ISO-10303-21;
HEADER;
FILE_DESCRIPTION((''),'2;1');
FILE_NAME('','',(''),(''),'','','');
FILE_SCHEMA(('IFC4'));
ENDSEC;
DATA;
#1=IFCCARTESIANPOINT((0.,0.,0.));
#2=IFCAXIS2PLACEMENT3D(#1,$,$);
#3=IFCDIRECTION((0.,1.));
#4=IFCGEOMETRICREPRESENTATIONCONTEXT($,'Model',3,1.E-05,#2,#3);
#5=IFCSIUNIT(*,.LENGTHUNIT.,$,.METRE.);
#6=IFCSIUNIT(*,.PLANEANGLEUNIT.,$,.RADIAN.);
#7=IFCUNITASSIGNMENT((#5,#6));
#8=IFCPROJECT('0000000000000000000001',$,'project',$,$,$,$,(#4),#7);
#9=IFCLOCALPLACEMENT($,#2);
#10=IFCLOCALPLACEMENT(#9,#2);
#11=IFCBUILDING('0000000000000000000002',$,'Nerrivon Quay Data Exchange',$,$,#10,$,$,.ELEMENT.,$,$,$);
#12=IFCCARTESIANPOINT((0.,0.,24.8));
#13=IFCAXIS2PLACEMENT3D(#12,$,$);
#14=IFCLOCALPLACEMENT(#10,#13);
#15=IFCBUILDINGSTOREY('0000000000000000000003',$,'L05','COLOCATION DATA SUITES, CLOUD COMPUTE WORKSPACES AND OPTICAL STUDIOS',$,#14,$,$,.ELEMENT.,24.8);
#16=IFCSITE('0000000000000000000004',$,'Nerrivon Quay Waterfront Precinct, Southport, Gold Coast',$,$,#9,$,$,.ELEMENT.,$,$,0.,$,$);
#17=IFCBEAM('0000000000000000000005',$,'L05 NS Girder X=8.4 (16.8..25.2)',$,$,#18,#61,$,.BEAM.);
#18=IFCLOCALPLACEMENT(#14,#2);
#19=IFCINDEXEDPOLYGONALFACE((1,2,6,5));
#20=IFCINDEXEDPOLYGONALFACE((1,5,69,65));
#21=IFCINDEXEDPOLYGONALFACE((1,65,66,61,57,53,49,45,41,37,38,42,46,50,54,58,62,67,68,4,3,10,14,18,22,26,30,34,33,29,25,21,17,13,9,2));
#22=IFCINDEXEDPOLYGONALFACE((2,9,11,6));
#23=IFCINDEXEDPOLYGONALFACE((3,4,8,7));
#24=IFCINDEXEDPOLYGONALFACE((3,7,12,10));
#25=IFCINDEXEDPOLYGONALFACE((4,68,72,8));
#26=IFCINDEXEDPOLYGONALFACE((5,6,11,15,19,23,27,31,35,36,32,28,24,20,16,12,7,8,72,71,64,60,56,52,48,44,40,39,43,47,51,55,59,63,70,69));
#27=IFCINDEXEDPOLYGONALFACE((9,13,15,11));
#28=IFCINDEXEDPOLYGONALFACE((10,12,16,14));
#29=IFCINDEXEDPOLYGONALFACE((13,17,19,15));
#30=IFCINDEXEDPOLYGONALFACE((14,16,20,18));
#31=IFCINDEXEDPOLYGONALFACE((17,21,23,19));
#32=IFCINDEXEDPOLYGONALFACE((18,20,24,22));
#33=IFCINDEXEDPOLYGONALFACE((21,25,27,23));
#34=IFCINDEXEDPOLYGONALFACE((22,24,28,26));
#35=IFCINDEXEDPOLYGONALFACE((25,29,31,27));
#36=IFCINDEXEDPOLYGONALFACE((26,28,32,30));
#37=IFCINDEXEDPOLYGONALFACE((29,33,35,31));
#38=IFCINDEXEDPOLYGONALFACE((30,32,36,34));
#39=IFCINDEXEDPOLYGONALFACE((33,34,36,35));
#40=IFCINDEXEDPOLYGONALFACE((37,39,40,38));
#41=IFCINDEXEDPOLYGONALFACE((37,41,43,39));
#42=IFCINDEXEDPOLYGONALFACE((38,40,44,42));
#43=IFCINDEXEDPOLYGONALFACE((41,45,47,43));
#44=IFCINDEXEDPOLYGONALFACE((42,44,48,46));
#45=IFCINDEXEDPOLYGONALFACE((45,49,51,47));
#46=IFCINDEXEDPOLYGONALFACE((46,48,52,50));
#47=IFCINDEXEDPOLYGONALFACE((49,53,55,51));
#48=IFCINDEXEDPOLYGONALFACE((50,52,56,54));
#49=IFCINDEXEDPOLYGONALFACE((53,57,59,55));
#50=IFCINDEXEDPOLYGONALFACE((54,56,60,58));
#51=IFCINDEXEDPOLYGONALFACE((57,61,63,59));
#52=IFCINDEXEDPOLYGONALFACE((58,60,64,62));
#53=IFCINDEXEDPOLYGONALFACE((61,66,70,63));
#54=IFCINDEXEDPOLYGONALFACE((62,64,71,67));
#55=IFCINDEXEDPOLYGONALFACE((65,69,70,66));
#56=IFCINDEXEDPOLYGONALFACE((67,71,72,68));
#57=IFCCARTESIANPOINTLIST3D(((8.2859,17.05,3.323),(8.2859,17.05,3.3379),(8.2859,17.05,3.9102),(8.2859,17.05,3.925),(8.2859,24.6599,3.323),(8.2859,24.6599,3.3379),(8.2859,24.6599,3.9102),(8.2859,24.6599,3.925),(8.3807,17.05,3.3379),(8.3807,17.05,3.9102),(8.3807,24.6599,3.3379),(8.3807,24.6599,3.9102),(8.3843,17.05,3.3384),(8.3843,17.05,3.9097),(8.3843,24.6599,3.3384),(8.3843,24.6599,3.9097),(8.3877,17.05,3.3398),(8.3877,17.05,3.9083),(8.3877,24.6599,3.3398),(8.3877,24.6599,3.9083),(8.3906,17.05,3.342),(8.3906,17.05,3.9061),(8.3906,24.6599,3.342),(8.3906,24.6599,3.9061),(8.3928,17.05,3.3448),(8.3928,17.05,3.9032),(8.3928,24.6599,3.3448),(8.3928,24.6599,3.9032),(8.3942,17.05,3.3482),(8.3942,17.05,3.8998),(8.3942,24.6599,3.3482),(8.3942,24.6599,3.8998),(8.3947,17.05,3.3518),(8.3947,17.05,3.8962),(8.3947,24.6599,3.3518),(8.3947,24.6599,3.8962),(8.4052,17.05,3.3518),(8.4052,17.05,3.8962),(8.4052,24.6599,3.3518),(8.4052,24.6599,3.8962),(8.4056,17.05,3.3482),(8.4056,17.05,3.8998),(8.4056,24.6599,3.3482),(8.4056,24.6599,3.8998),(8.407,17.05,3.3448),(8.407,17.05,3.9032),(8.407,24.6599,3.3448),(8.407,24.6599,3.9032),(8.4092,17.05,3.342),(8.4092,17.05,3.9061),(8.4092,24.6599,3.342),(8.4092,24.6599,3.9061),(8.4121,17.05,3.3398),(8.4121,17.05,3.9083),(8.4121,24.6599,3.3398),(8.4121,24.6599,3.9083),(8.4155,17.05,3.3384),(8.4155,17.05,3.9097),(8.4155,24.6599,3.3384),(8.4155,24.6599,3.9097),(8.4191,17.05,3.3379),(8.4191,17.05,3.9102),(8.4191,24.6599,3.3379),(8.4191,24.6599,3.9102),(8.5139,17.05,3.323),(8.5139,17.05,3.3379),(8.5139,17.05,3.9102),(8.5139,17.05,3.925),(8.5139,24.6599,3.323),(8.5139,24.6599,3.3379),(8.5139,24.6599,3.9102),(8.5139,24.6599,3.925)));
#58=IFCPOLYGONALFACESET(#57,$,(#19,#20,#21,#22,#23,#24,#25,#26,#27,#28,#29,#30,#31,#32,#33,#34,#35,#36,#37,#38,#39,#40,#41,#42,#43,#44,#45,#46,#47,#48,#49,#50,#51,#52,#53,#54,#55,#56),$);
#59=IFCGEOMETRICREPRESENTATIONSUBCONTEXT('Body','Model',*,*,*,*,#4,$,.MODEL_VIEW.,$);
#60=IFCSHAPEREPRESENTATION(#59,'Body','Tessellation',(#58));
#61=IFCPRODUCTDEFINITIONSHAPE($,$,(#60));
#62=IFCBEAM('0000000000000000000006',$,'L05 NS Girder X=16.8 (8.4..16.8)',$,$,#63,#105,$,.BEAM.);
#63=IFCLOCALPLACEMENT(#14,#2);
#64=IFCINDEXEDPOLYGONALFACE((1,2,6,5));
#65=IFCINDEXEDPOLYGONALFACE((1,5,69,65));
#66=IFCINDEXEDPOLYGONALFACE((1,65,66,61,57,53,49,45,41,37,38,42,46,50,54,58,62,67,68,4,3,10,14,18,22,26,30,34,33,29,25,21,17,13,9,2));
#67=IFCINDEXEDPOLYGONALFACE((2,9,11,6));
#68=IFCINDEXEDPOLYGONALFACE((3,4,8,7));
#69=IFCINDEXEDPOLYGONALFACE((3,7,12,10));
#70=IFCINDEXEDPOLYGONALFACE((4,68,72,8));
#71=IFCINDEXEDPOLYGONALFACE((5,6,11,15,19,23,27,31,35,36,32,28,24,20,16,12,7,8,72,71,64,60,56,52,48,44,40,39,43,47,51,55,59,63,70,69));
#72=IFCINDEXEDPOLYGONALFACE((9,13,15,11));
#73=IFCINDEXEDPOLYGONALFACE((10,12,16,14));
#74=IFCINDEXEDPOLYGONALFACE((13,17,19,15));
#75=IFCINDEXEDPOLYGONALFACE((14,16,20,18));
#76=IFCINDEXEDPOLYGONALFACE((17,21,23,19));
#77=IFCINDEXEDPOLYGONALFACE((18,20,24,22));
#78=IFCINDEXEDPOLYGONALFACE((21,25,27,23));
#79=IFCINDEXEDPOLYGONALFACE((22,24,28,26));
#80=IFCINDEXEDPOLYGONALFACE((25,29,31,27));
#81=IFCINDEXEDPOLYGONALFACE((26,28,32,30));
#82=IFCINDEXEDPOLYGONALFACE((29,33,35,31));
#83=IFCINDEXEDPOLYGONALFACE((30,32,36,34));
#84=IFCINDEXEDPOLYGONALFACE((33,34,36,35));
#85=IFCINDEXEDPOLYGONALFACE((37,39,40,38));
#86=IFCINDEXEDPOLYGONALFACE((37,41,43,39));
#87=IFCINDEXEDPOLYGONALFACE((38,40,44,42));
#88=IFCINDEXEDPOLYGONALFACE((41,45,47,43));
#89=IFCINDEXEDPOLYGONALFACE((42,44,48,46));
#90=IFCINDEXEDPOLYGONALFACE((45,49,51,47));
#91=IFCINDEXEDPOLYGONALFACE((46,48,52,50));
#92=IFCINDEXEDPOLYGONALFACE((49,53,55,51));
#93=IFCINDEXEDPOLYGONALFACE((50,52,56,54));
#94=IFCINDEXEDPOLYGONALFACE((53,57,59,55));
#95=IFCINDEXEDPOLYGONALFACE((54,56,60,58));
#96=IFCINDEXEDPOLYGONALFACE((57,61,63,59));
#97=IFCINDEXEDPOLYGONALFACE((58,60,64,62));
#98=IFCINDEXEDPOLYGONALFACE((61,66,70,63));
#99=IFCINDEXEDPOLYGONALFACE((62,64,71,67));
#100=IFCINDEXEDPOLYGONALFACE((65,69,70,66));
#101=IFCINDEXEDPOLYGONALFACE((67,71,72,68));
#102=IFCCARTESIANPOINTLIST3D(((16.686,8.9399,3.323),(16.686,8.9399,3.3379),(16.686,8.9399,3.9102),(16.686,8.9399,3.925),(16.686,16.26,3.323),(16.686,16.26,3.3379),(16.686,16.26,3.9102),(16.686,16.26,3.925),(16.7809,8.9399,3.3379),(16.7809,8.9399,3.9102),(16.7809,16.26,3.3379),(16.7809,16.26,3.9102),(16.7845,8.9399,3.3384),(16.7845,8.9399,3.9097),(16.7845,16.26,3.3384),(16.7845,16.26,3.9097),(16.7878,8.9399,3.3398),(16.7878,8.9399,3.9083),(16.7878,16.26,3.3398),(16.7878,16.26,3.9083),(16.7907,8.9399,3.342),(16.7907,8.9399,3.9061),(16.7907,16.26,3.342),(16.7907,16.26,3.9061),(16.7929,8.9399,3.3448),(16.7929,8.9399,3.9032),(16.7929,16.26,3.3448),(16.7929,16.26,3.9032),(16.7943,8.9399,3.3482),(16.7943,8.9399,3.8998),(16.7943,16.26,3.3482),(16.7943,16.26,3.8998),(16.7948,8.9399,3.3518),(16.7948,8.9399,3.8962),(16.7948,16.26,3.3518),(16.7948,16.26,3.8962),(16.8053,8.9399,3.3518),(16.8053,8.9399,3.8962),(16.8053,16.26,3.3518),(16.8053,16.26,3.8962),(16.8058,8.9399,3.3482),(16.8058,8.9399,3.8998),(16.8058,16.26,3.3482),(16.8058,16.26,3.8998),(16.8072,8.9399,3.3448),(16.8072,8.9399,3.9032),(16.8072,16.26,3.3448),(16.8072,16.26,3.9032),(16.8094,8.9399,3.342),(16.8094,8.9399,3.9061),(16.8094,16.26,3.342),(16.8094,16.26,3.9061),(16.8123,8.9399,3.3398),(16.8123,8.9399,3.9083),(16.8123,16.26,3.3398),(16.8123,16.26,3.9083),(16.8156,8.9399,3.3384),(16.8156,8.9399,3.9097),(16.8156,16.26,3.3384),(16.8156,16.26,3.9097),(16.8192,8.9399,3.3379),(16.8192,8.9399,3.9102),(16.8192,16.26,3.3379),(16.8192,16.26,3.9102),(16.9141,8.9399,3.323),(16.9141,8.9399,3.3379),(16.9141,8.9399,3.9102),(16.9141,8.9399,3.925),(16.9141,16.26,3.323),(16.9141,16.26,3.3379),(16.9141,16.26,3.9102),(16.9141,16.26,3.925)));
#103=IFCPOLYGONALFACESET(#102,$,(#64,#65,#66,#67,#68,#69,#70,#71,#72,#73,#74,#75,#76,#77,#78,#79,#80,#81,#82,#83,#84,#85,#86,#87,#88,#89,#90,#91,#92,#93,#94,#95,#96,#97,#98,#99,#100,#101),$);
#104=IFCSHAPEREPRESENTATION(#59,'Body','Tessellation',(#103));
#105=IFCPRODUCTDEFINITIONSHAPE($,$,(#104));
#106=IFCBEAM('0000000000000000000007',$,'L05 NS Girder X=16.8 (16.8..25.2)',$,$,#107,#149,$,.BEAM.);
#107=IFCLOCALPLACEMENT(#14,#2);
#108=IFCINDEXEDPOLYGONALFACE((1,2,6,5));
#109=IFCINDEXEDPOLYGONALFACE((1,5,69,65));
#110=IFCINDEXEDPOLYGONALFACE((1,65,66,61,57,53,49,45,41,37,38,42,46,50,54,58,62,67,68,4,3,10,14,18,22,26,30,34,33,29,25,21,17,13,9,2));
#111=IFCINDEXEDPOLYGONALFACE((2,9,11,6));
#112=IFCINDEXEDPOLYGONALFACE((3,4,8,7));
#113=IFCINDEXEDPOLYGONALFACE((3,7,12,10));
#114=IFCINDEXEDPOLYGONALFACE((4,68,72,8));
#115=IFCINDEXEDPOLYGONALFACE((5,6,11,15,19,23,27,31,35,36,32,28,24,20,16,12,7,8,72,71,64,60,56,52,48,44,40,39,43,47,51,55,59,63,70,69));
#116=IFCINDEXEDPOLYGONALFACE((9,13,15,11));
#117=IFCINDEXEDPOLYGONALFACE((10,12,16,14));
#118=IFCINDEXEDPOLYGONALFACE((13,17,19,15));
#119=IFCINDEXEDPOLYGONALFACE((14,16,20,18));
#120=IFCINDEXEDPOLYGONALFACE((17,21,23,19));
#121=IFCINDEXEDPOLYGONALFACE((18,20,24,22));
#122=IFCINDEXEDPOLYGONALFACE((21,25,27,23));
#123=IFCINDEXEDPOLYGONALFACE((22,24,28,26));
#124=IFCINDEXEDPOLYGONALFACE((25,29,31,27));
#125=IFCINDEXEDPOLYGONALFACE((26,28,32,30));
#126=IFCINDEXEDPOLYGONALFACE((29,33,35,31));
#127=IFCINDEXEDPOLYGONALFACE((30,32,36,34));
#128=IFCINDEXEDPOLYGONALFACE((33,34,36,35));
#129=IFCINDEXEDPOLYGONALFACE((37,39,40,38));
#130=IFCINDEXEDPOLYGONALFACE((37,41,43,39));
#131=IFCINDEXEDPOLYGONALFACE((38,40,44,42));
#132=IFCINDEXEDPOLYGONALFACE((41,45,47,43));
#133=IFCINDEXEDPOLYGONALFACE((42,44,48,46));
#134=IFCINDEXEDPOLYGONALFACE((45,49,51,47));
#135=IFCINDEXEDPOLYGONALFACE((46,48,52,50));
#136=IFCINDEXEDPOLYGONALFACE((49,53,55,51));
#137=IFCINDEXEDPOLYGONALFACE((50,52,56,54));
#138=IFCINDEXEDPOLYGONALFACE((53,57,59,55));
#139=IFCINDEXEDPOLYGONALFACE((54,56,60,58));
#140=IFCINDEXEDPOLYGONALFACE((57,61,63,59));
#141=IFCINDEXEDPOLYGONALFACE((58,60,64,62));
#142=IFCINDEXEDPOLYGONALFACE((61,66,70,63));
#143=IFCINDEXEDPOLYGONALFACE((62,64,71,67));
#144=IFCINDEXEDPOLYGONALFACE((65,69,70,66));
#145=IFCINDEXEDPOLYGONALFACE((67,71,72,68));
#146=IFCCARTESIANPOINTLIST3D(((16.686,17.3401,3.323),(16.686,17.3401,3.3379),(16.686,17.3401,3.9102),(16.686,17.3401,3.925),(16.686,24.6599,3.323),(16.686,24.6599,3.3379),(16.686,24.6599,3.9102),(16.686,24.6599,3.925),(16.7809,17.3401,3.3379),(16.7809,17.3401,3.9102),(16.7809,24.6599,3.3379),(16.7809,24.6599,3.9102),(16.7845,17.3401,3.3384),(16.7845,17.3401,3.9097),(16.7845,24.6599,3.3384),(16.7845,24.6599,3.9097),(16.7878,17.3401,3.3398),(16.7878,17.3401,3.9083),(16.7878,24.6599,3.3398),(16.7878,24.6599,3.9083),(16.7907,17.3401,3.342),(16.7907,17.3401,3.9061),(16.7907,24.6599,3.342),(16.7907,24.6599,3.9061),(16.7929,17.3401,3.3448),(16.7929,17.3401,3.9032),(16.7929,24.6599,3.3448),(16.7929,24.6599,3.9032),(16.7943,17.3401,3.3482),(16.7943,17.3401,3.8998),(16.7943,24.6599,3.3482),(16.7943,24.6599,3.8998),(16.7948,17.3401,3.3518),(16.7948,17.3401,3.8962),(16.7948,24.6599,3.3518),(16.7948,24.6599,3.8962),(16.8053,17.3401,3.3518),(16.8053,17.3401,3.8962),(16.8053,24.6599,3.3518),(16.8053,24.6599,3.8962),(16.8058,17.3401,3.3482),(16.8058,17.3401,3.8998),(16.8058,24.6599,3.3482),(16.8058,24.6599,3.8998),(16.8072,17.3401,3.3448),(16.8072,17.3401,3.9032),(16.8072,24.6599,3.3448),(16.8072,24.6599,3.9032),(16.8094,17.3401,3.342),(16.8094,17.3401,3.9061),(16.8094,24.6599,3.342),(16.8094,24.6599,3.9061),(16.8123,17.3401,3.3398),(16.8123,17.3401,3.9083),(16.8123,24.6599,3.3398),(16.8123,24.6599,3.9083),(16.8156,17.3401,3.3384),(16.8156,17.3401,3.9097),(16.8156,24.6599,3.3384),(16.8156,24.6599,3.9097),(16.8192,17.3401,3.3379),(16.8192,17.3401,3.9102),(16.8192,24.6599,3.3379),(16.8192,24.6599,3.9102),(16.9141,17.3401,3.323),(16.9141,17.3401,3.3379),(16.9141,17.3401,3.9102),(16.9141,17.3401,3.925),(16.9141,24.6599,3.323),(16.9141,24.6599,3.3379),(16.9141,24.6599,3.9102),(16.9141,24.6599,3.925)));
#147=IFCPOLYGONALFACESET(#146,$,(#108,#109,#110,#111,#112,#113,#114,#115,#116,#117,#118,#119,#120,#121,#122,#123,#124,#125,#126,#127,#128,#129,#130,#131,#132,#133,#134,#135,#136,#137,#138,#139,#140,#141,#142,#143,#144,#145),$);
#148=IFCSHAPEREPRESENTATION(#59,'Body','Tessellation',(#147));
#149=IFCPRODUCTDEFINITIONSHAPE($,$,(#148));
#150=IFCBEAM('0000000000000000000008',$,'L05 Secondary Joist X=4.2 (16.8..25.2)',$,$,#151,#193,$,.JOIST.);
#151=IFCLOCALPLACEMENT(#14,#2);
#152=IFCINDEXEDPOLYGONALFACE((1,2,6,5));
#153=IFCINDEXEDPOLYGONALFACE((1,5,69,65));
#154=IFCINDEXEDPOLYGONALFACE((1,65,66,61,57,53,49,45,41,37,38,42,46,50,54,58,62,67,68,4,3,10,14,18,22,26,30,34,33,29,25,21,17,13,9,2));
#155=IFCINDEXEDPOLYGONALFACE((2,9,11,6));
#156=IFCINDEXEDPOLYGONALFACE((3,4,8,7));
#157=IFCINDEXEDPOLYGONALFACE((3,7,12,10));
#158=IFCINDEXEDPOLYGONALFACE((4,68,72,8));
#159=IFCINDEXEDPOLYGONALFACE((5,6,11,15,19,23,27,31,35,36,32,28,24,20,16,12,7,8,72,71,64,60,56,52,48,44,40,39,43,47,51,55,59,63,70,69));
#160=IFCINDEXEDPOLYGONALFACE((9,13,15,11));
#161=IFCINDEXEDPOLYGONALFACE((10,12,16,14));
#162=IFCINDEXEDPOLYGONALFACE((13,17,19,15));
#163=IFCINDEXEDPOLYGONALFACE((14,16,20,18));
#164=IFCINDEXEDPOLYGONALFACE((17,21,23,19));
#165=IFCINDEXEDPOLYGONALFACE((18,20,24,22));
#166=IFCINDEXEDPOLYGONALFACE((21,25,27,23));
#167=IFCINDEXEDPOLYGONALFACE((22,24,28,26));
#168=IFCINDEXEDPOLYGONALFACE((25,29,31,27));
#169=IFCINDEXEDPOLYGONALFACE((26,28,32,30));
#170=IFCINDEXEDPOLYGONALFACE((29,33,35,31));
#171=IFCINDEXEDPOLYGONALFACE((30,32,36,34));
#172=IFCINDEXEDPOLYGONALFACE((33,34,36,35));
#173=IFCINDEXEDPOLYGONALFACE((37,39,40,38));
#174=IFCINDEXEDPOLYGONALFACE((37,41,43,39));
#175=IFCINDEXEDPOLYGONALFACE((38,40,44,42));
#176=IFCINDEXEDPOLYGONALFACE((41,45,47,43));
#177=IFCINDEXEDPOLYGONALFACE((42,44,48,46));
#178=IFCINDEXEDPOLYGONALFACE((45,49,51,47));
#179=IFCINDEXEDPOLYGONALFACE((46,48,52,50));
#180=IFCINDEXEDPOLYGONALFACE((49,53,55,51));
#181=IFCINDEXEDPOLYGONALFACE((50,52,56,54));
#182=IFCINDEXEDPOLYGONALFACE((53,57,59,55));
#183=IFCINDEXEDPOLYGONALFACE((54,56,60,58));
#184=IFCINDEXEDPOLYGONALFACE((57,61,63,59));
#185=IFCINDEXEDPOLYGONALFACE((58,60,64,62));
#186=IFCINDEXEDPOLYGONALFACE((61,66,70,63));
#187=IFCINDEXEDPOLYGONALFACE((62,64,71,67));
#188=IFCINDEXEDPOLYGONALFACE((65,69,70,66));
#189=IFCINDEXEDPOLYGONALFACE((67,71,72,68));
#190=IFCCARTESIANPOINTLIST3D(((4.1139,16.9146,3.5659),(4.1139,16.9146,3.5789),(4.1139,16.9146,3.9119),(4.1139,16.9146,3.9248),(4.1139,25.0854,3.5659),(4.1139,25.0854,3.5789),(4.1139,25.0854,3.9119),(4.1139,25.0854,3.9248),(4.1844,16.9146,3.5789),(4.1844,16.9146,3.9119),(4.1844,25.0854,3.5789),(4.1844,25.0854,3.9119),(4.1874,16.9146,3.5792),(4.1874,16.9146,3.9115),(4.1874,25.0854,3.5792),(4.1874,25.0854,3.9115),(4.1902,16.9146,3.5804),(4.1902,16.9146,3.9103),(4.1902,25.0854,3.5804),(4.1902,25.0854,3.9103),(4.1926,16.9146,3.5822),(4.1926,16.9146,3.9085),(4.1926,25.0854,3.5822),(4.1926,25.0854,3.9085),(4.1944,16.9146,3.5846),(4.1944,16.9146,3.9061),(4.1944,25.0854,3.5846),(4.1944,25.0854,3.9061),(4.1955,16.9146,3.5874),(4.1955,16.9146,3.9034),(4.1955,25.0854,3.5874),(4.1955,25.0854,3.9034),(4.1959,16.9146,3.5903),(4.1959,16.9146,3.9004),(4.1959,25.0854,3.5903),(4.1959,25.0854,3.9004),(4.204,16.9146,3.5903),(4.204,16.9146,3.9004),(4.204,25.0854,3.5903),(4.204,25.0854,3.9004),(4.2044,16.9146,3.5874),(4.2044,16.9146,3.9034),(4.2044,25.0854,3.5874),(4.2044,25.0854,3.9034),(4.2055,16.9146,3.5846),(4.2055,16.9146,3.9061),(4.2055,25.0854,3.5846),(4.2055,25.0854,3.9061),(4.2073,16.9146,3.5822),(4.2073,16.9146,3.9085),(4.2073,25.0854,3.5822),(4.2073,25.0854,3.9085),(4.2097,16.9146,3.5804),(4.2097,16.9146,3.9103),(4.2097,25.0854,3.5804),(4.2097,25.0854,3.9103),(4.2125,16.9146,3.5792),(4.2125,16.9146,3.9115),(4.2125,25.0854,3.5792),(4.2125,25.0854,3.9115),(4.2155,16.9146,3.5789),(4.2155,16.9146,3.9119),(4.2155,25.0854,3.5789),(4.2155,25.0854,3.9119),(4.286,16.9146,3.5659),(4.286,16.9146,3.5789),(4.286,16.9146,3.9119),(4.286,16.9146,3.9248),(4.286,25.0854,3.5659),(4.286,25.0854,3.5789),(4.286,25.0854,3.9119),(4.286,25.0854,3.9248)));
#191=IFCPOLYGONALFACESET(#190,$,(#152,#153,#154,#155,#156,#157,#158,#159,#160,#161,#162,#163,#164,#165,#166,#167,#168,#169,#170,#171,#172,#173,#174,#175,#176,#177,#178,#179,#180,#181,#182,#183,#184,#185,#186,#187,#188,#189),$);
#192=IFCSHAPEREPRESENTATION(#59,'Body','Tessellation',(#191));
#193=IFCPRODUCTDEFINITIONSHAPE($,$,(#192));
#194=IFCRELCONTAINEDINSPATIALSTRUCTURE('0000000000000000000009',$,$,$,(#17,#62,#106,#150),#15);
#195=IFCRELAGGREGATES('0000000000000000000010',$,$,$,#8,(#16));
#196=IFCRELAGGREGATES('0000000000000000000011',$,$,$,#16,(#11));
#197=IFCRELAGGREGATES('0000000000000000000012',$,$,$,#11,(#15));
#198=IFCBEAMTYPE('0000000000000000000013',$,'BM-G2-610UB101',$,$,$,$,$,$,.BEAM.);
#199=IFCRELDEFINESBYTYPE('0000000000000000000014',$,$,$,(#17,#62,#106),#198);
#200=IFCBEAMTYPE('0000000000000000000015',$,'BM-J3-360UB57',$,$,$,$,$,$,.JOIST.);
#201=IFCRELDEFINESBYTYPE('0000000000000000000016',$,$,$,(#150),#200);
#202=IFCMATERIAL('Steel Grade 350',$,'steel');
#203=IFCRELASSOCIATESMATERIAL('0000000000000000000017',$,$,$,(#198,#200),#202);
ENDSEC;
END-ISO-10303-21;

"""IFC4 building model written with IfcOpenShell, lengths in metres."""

from ifc_helpers import new_model, si_unit, direction, frame, origin, origin_2d, place, context, subcontext, project, spatial, i_section, extrude, material, material_profile, profile_set, type_object, element, save


model = new_model("IFC4")

# Units and contexts
model_context = context("Model", 3, precision=1e-05, world=origin(), true_north=direction((0.0, 1.0)))
body_context = subcontext(model_context, "Body", "Model", "MODEL_VIEW")
ifc_project = project(units=[si_unit("LENGTHUNIT", "METRE"), si_unit("PLANEANGLEUNIT", "RADIAN")], contexts=[model_context])

# Site, building, storey
site_placement = place(None, origin())
site = spatial("IfcSite", under=ifc_project, at=site_placement, Name="Nerrivon Quay Waterfront Precinct, Southport, Gold Coast", CompositionType="ELEMENT", RefElevation=0.0)
building_placement = place(site_placement, origin())
building = spatial("IfcBuilding", under=site, at=building_placement, Name="Nerrivon Quay Data Exchange", CompositionType="ELEMENT")
storey_placement = place(building_placement, frame((0.0, 0.0, 24.8)))
storey = spatial("IfcBuildingStorey", under=building, at=storey_placement, Name="L05", Description="COLOCATION DATA SUITES, CLOUD COMPUTE WORKSPACES AND OPTICAL STUDIOS", CompositionType="ELEMENT", Elevation=24.8)

# Shared definitions
ifc_material_1 = material(Name="Steel Grade 350", Category="steel")

# Beams
ifc_material_profile_1 = material_profile(ifc_material_1, i_section(OverallWidth=0.228, OverallDepth=0.6021, WebThickness=0.0105, FlangeThickness=0.0149, FilletRadius=0.0139, at=origin_2d()), Name="610UB101")
ifc_profile_set_1 = profile_set([ifc_material_profile_1], Name="Steel Grade 350")
beam_type_1 = type_object("IfcBeamType", Name="BM-G2-610UB101", PredefinedType="BEAM", material=ifc_profile_set_1)
beam_1_placement = place(storey_placement, frame((8.3999, 17.05, 3.624), z_axis=(0.0, 1.0, 0.0), x_axis=(-1.0, 0.0, 0.0)))
element("IfcBeam", 1, at=beam_1_placement, inside=storey, type_object=beam_type_1, Name="L05 NS Girder X=8.4 (16.8..25.2)", PredefinedType="BEAM", context=body_context, shape_type="SweptSolid", body=[
    extrude(i_section(OverallWidth=0.228, OverallDepth=0.6021, WebThickness=0.0105, FlangeThickness=0.0149, FilletRadius=0.0139, at=origin_2d()), origin(), (0.0, 0.0, 1.0), 7.6099),
])
beam_2_placement = place(storey_placement, frame((16.8, 8.9399, 3.624), z_axis=(0.0, 1.0, 0.0), x_axis=(-1.0, 0.0, 0.0)))
element("IfcBeam", 2, at=beam_2_placement, inside=storey, type_object=beam_type_1, Name="L05 NS Girder X=16.8 (8.4..16.8)", PredefinedType="BEAM", context=body_context, shape_type="SweptSolid", body=[
    extrude(i_section(OverallWidth=0.228, OverallDepth=0.6021, WebThickness=0.0105, FlangeThickness=0.0149, FilletRadius=0.0139, at=origin_2d()), origin(), (0.0, 0.0, 1.0), 7.3201),
])
beam_3_placement = place(storey_placement, frame((16.8, 17.3401, 3.624), z_axis=(0.0, 1.0, 0.0), x_axis=(-1.0, 0.0, 0.0)))
element("IfcBeam", 3, at=beam_3_placement, inside=storey, type_object=beam_type_1, Name="L05 NS Girder X=16.8 (16.8..25.2)", PredefinedType="BEAM", context=body_context, shape_type="SweptSolid", body=[
    extrude(i_section(OverallWidth=0.228, OverallDepth=0.6021, WebThickness=0.0105, FlangeThickness=0.0149, FilletRadius=0.0139, at=origin_2d()), origin(), (0.0, 0.0, 1.0), 7.3198),
])
ifc_material_profile_2 = material_profile(ifc_material_1, i_section(OverallWidth=0.1721, OverallDepth=0.3589, WebThickness=0.0081, FlangeThickness=0.0129, FilletRadius=0.0115, at=origin_2d()), Name="360UB56.7")
ifc_profile_set_2 = profile_set([ifc_material_profile_2], Name="Steel Grade 350")
beam_type_2 = type_object("IfcBeamType", Name="BM-J3-360UB57", PredefinedType="JOIST", material=ifc_profile_set_2)
beam_4_placement = place(storey_placement, frame((4.2, 16.9146, 3.7454), z_axis=(0.0, 1.0, 0.0), x_axis=(-1.0, 0.0, 0.0)))
element("IfcBeam", 4, at=beam_4_placement, inside=storey, type_object=beam_type_2, Name="L05 Secondary Joist X=4.2 (16.8..25.2)", PredefinedType="JOIST", context=body_context, shape_type="SweptSolid", body=[
    extrude(i_section(OverallWidth=0.1721, OverallDepth=0.3589, WebThickness=0.0081, FlangeThickness=0.0129, FilletRadius=0.0115, at=origin_2d()), origin(), (0.0, 0.0, 1.0), 8.1709),
])

save(model, "model.ifc")
